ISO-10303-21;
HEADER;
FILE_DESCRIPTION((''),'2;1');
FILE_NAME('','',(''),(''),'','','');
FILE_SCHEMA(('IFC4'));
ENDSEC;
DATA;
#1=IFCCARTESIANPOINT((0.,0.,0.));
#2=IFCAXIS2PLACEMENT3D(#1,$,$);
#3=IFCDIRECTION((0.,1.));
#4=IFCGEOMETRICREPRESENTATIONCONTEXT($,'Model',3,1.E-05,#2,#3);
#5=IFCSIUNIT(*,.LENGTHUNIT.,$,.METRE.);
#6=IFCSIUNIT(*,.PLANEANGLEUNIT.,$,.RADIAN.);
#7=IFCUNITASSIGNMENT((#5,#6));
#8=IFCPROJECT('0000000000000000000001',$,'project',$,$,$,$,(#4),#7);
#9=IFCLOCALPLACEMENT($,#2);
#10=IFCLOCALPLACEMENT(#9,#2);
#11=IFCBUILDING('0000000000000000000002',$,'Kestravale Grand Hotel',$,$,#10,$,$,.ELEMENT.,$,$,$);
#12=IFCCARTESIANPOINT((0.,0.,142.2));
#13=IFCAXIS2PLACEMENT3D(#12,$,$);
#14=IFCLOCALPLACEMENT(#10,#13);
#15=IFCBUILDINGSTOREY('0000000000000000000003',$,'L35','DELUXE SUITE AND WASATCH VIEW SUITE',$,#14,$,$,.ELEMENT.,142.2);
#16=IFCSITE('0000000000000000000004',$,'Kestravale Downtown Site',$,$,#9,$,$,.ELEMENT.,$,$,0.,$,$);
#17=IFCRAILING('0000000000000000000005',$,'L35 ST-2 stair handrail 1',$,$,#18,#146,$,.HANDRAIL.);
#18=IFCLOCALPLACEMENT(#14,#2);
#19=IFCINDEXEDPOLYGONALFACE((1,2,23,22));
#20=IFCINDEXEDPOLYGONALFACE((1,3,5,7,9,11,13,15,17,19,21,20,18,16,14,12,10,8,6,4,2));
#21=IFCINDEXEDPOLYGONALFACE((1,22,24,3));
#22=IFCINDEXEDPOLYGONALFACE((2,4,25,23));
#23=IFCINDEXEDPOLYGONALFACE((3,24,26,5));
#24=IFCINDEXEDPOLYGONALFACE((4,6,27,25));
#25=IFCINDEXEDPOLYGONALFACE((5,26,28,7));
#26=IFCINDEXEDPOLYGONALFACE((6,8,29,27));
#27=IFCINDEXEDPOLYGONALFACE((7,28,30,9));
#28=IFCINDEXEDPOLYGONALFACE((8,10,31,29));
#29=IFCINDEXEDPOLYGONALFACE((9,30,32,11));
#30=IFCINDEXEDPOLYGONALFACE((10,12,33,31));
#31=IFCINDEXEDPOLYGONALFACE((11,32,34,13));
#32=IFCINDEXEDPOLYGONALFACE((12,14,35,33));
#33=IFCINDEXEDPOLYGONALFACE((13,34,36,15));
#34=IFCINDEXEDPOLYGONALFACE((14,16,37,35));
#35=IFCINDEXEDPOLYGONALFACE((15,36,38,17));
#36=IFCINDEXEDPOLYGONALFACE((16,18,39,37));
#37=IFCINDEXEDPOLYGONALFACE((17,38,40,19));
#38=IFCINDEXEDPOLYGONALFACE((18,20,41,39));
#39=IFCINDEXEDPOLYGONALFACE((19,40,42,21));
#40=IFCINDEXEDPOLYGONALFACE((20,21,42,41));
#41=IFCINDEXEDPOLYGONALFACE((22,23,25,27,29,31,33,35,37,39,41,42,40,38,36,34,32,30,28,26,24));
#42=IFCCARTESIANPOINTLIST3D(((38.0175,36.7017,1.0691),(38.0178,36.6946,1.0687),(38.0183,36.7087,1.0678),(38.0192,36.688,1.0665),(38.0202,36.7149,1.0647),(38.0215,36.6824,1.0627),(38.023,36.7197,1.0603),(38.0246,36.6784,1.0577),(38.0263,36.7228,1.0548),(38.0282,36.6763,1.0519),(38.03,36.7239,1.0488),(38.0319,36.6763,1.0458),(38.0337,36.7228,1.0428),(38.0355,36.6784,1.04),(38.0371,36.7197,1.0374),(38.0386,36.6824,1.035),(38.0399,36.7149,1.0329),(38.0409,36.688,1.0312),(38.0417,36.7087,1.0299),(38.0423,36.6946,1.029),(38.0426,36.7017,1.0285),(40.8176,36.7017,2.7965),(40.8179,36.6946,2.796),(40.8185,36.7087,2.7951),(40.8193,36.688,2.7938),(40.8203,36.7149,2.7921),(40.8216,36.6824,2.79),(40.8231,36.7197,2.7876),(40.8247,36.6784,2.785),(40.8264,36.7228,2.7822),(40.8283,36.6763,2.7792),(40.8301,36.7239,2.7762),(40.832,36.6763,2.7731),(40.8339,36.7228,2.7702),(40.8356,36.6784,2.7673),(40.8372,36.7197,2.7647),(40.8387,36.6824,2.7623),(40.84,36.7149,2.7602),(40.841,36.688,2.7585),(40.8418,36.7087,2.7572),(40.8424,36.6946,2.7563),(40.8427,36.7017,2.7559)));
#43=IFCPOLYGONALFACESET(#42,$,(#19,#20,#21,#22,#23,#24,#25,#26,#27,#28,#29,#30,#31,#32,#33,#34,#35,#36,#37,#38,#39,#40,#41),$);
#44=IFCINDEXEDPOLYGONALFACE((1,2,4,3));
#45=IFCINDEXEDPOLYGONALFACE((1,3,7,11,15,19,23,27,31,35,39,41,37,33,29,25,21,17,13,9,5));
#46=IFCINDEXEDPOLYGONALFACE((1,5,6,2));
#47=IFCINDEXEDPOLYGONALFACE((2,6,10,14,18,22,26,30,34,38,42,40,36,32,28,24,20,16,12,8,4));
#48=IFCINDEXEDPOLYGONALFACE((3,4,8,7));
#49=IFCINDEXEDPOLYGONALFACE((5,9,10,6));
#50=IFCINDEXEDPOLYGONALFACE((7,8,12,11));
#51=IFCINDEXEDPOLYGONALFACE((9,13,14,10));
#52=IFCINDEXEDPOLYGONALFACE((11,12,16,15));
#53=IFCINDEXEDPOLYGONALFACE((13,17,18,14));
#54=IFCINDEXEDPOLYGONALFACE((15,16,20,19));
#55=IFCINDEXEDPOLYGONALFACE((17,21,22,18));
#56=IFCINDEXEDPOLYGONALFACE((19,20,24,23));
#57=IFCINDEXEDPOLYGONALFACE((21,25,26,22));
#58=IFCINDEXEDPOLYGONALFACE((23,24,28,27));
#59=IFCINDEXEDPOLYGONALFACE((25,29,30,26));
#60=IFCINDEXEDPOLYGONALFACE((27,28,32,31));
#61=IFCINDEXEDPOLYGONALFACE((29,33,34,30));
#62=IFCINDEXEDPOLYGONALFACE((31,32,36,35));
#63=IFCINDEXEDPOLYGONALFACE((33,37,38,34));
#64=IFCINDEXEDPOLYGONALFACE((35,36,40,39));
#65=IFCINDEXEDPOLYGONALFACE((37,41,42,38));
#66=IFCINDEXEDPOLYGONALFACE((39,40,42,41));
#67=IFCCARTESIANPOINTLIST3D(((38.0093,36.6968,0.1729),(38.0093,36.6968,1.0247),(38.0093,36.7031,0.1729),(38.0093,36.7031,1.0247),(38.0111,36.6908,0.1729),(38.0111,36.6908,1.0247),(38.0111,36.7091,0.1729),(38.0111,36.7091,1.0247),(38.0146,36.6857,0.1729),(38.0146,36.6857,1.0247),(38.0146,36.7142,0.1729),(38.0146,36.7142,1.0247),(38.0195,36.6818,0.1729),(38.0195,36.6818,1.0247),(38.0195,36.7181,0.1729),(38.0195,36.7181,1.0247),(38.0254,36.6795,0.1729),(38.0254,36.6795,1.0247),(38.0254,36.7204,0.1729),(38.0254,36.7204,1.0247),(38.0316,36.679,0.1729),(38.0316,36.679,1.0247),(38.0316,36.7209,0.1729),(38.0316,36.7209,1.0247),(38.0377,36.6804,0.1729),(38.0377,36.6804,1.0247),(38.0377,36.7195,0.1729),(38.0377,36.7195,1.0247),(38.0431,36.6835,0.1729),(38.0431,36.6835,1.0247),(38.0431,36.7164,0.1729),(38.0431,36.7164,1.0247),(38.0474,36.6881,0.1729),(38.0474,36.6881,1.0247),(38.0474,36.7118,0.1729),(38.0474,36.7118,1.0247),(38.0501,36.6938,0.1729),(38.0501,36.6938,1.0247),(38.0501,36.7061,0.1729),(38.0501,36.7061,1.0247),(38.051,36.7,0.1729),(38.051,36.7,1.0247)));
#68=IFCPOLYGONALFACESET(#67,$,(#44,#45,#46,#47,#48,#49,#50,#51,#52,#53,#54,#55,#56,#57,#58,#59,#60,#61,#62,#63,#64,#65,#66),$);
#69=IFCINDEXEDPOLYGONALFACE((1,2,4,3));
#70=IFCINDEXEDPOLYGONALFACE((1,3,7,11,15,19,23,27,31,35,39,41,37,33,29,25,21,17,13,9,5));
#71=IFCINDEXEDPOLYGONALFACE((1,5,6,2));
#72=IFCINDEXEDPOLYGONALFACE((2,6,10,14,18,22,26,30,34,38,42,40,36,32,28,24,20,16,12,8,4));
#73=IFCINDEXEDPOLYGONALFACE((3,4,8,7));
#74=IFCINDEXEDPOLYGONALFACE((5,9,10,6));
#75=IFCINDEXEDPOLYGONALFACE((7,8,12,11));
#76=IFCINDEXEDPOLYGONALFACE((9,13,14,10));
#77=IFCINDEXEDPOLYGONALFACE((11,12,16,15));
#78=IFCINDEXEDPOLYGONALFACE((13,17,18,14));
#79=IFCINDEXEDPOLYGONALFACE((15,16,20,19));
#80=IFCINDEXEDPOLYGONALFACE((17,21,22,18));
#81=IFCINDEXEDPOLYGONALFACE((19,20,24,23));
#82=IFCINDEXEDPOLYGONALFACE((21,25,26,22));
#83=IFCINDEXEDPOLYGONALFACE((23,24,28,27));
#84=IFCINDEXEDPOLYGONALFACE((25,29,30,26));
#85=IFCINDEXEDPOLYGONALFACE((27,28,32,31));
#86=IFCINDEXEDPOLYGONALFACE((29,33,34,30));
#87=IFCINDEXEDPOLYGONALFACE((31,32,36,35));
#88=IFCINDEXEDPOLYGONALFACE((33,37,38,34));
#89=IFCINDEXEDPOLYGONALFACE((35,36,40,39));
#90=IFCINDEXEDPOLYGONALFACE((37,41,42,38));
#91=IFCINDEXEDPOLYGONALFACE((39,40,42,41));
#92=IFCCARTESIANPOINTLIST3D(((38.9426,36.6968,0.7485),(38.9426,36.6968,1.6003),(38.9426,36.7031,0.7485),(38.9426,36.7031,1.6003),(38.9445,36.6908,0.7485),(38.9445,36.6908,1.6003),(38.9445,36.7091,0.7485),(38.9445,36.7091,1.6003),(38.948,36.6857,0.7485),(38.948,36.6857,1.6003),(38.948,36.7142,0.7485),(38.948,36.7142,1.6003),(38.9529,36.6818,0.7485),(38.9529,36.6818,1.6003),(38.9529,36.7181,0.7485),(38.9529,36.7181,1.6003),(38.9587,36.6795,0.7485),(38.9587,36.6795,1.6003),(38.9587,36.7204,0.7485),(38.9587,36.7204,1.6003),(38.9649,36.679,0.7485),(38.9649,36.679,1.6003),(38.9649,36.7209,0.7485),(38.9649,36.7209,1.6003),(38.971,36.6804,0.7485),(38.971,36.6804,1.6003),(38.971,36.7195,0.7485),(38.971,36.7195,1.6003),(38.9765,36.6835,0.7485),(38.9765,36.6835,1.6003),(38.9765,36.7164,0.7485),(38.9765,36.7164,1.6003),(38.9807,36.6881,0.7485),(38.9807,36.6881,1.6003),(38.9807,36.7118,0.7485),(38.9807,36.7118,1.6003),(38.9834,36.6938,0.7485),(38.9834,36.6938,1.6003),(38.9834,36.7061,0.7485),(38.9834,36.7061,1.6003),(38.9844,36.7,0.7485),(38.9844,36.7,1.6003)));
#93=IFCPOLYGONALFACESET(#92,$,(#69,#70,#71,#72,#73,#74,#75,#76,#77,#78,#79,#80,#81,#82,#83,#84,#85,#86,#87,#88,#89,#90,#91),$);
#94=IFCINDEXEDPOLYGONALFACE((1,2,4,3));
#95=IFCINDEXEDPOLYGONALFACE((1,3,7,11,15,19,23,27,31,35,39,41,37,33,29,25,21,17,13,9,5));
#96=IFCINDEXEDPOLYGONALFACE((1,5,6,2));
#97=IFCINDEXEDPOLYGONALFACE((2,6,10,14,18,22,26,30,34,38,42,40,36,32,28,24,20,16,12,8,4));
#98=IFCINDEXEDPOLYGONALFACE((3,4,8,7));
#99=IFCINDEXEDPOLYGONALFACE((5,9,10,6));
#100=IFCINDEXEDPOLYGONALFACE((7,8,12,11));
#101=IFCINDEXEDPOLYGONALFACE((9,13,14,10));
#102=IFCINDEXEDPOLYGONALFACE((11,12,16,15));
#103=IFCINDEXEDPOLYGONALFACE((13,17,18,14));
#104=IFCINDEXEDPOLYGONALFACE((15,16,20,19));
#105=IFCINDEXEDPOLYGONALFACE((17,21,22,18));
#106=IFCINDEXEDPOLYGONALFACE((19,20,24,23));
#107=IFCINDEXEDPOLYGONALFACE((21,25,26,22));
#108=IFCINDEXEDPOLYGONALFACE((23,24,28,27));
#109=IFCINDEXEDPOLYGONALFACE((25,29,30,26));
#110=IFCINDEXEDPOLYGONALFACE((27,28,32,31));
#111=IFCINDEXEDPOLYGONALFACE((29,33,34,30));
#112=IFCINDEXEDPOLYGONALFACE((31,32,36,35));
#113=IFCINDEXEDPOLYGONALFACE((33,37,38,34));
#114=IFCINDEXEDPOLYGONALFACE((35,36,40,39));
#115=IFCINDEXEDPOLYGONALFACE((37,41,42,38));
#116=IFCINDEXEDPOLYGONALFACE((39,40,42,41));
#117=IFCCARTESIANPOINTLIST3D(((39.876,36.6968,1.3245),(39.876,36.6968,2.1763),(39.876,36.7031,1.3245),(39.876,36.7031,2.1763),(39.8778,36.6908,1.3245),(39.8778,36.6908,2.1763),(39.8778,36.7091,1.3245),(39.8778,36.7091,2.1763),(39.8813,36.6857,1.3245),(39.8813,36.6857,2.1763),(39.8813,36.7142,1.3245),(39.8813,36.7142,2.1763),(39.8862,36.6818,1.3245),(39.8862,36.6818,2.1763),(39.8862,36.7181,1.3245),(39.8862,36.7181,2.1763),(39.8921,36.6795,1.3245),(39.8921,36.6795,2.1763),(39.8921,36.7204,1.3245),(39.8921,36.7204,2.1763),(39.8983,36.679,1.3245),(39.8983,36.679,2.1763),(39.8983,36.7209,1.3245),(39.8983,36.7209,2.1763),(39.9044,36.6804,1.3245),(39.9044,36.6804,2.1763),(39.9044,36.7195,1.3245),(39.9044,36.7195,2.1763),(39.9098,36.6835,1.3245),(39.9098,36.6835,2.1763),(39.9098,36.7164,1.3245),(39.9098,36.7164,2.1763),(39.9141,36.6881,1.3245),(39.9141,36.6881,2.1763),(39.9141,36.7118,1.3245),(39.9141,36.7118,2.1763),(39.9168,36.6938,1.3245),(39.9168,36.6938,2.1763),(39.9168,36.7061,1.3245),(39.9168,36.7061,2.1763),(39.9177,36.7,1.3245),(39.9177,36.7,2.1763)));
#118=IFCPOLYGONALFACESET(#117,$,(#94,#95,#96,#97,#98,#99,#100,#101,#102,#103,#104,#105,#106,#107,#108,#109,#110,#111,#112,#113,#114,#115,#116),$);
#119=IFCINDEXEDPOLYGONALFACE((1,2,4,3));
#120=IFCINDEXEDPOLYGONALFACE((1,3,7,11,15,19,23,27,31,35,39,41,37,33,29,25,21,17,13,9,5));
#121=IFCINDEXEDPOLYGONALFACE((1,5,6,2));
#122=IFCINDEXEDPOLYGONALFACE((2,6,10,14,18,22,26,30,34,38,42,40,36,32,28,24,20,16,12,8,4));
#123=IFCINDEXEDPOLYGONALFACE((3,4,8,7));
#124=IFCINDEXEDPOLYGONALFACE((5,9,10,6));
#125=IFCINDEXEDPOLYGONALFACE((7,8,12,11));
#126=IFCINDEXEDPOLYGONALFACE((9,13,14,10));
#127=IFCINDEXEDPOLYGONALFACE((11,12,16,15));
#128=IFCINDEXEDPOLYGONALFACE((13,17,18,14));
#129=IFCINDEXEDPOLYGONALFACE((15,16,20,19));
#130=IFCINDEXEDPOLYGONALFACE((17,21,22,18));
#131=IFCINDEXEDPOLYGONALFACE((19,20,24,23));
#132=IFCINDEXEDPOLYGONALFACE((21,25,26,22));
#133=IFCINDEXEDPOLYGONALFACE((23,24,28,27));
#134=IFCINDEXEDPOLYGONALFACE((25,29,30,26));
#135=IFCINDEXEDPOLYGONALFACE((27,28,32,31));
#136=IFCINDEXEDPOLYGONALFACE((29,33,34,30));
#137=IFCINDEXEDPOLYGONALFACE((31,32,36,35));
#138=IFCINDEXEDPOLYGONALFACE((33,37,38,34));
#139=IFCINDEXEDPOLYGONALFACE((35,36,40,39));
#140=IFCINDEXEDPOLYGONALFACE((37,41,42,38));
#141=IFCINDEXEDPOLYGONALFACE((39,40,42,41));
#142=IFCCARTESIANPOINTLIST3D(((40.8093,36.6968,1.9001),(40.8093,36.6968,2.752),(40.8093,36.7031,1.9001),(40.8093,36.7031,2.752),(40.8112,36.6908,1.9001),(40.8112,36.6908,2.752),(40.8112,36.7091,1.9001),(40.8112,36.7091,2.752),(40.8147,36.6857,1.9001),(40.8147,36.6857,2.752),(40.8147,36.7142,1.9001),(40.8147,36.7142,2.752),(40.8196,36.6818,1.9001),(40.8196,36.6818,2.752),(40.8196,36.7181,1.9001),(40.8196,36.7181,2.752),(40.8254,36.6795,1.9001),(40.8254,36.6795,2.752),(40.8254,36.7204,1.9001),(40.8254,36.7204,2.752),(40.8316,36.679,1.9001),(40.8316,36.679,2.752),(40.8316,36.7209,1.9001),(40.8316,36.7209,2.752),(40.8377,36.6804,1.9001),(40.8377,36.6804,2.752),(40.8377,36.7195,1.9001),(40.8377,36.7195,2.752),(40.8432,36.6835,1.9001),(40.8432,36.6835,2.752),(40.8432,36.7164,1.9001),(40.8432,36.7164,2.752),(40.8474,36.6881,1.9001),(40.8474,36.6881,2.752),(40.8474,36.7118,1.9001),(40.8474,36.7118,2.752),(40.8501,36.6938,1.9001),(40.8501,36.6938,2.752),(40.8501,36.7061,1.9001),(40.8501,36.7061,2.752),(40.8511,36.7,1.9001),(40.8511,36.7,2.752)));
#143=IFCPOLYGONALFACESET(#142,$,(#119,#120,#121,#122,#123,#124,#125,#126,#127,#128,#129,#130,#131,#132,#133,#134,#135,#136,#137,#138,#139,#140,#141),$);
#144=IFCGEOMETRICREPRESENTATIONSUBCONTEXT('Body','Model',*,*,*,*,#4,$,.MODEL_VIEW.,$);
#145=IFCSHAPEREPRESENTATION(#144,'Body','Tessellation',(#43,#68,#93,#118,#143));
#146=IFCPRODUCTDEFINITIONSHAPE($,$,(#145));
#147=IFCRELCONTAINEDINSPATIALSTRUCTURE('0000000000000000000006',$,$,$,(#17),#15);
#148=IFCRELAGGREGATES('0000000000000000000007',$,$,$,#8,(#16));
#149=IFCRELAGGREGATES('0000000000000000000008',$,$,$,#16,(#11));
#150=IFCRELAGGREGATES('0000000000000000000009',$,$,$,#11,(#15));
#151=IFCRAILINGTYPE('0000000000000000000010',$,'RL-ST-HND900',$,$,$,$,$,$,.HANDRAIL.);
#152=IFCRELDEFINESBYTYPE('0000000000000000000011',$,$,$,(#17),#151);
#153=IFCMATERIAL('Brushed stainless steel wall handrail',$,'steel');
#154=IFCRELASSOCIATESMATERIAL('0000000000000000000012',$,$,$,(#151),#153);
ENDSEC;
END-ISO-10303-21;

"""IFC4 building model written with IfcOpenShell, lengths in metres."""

from ifc_helpers import new_model, si_unit, direction, frame, origin, origin_2d, place, context, subcontext, project, spatial, circle, extrude, material, type_object, element, save


model = new_model("IFC4")

# Units and contexts
model_context = context("Model", 3, precision=1e-05, world=origin(), true_north=direction((0.0, 1.0)))
body_context = subcontext(model_context, "Body", "Model", "MODEL_VIEW")
ifc_project = project(units=[si_unit("LENGTHUNIT", "METRE"), si_unit("PLANEANGLEUNIT", "RADIAN")], contexts=[model_context])

# Site, building, storey
site_placement = place(None, origin())
site = spatial("IfcSite", under=ifc_project, at=site_placement, Name="Kestravale Downtown Site", CompositionType="ELEMENT", RefElevation=0.0)
building_placement = place(site_placement, origin())
building = spatial("IfcBuilding", under=site, at=building_placement, Name="Kestravale Grand Hotel", CompositionType="ELEMENT")
storey_placement = place(building_placement, frame((0.0, 0.0, 142.2)))
storey = spatial("IfcBuildingStorey", under=building, at=storey_placement, Name="L35", Description="DELUXE SUITE AND WASATCH VIEW SUITE", CompositionType="ELEMENT", Elevation=142.2)

# Railing
ifc_material_1 = material(Name="Brushed stainless steel wall handrail", Category="steel")
railing_type_1 = type_object("IfcRailingType", Name="RL-ST-HND900", PredefinedType="HANDRAIL", material=ifc_material_1)
railing_1_placement = place(storey_placement, frame((38.03, 36.7, 0.1729)))
element("IfcRailing", 1, at=railing_1_placement, inside=storey, type_object=railing_type_1, Name="L35 ST-2 stair handrail 1", PredefinedType="HANDRAIL", context=body_context, shape_type="SweptSolid", body=[
    extrude(circle(Radius=0.0239, at=origin_2d()), frame((0.0, 0.0, 0.876), z_axis=(0.85109, 0.0, 0.52502), x_axis=(0.0, 1.0, 0.0)), (0.0, 0.0, 1.0), 3.29),
    extrude(circle(Radius=0.021, at=origin_2d()), origin(), (0.0, 0.0, 1.0), 0.8518),
    extrude(circle(Radius=0.021, at=origin_2d()), frame((0.9333, 0.0, 0.5757)), (0.0, 0.0, 1.0), 0.8518),
    extrude(circle(Radius=0.021, at=origin_2d()), frame((1.8667, 0.0, 1.1516)), (0.0, 0.0, 1.0), 0.8518),
    extrude(circle(Radius=0.021, at=origin_2d()), frame((2.8, 0.0, 1.7273)), (0.0, 0.0, 1.0), 0.8518),
])

save(model, "model.ifc")
